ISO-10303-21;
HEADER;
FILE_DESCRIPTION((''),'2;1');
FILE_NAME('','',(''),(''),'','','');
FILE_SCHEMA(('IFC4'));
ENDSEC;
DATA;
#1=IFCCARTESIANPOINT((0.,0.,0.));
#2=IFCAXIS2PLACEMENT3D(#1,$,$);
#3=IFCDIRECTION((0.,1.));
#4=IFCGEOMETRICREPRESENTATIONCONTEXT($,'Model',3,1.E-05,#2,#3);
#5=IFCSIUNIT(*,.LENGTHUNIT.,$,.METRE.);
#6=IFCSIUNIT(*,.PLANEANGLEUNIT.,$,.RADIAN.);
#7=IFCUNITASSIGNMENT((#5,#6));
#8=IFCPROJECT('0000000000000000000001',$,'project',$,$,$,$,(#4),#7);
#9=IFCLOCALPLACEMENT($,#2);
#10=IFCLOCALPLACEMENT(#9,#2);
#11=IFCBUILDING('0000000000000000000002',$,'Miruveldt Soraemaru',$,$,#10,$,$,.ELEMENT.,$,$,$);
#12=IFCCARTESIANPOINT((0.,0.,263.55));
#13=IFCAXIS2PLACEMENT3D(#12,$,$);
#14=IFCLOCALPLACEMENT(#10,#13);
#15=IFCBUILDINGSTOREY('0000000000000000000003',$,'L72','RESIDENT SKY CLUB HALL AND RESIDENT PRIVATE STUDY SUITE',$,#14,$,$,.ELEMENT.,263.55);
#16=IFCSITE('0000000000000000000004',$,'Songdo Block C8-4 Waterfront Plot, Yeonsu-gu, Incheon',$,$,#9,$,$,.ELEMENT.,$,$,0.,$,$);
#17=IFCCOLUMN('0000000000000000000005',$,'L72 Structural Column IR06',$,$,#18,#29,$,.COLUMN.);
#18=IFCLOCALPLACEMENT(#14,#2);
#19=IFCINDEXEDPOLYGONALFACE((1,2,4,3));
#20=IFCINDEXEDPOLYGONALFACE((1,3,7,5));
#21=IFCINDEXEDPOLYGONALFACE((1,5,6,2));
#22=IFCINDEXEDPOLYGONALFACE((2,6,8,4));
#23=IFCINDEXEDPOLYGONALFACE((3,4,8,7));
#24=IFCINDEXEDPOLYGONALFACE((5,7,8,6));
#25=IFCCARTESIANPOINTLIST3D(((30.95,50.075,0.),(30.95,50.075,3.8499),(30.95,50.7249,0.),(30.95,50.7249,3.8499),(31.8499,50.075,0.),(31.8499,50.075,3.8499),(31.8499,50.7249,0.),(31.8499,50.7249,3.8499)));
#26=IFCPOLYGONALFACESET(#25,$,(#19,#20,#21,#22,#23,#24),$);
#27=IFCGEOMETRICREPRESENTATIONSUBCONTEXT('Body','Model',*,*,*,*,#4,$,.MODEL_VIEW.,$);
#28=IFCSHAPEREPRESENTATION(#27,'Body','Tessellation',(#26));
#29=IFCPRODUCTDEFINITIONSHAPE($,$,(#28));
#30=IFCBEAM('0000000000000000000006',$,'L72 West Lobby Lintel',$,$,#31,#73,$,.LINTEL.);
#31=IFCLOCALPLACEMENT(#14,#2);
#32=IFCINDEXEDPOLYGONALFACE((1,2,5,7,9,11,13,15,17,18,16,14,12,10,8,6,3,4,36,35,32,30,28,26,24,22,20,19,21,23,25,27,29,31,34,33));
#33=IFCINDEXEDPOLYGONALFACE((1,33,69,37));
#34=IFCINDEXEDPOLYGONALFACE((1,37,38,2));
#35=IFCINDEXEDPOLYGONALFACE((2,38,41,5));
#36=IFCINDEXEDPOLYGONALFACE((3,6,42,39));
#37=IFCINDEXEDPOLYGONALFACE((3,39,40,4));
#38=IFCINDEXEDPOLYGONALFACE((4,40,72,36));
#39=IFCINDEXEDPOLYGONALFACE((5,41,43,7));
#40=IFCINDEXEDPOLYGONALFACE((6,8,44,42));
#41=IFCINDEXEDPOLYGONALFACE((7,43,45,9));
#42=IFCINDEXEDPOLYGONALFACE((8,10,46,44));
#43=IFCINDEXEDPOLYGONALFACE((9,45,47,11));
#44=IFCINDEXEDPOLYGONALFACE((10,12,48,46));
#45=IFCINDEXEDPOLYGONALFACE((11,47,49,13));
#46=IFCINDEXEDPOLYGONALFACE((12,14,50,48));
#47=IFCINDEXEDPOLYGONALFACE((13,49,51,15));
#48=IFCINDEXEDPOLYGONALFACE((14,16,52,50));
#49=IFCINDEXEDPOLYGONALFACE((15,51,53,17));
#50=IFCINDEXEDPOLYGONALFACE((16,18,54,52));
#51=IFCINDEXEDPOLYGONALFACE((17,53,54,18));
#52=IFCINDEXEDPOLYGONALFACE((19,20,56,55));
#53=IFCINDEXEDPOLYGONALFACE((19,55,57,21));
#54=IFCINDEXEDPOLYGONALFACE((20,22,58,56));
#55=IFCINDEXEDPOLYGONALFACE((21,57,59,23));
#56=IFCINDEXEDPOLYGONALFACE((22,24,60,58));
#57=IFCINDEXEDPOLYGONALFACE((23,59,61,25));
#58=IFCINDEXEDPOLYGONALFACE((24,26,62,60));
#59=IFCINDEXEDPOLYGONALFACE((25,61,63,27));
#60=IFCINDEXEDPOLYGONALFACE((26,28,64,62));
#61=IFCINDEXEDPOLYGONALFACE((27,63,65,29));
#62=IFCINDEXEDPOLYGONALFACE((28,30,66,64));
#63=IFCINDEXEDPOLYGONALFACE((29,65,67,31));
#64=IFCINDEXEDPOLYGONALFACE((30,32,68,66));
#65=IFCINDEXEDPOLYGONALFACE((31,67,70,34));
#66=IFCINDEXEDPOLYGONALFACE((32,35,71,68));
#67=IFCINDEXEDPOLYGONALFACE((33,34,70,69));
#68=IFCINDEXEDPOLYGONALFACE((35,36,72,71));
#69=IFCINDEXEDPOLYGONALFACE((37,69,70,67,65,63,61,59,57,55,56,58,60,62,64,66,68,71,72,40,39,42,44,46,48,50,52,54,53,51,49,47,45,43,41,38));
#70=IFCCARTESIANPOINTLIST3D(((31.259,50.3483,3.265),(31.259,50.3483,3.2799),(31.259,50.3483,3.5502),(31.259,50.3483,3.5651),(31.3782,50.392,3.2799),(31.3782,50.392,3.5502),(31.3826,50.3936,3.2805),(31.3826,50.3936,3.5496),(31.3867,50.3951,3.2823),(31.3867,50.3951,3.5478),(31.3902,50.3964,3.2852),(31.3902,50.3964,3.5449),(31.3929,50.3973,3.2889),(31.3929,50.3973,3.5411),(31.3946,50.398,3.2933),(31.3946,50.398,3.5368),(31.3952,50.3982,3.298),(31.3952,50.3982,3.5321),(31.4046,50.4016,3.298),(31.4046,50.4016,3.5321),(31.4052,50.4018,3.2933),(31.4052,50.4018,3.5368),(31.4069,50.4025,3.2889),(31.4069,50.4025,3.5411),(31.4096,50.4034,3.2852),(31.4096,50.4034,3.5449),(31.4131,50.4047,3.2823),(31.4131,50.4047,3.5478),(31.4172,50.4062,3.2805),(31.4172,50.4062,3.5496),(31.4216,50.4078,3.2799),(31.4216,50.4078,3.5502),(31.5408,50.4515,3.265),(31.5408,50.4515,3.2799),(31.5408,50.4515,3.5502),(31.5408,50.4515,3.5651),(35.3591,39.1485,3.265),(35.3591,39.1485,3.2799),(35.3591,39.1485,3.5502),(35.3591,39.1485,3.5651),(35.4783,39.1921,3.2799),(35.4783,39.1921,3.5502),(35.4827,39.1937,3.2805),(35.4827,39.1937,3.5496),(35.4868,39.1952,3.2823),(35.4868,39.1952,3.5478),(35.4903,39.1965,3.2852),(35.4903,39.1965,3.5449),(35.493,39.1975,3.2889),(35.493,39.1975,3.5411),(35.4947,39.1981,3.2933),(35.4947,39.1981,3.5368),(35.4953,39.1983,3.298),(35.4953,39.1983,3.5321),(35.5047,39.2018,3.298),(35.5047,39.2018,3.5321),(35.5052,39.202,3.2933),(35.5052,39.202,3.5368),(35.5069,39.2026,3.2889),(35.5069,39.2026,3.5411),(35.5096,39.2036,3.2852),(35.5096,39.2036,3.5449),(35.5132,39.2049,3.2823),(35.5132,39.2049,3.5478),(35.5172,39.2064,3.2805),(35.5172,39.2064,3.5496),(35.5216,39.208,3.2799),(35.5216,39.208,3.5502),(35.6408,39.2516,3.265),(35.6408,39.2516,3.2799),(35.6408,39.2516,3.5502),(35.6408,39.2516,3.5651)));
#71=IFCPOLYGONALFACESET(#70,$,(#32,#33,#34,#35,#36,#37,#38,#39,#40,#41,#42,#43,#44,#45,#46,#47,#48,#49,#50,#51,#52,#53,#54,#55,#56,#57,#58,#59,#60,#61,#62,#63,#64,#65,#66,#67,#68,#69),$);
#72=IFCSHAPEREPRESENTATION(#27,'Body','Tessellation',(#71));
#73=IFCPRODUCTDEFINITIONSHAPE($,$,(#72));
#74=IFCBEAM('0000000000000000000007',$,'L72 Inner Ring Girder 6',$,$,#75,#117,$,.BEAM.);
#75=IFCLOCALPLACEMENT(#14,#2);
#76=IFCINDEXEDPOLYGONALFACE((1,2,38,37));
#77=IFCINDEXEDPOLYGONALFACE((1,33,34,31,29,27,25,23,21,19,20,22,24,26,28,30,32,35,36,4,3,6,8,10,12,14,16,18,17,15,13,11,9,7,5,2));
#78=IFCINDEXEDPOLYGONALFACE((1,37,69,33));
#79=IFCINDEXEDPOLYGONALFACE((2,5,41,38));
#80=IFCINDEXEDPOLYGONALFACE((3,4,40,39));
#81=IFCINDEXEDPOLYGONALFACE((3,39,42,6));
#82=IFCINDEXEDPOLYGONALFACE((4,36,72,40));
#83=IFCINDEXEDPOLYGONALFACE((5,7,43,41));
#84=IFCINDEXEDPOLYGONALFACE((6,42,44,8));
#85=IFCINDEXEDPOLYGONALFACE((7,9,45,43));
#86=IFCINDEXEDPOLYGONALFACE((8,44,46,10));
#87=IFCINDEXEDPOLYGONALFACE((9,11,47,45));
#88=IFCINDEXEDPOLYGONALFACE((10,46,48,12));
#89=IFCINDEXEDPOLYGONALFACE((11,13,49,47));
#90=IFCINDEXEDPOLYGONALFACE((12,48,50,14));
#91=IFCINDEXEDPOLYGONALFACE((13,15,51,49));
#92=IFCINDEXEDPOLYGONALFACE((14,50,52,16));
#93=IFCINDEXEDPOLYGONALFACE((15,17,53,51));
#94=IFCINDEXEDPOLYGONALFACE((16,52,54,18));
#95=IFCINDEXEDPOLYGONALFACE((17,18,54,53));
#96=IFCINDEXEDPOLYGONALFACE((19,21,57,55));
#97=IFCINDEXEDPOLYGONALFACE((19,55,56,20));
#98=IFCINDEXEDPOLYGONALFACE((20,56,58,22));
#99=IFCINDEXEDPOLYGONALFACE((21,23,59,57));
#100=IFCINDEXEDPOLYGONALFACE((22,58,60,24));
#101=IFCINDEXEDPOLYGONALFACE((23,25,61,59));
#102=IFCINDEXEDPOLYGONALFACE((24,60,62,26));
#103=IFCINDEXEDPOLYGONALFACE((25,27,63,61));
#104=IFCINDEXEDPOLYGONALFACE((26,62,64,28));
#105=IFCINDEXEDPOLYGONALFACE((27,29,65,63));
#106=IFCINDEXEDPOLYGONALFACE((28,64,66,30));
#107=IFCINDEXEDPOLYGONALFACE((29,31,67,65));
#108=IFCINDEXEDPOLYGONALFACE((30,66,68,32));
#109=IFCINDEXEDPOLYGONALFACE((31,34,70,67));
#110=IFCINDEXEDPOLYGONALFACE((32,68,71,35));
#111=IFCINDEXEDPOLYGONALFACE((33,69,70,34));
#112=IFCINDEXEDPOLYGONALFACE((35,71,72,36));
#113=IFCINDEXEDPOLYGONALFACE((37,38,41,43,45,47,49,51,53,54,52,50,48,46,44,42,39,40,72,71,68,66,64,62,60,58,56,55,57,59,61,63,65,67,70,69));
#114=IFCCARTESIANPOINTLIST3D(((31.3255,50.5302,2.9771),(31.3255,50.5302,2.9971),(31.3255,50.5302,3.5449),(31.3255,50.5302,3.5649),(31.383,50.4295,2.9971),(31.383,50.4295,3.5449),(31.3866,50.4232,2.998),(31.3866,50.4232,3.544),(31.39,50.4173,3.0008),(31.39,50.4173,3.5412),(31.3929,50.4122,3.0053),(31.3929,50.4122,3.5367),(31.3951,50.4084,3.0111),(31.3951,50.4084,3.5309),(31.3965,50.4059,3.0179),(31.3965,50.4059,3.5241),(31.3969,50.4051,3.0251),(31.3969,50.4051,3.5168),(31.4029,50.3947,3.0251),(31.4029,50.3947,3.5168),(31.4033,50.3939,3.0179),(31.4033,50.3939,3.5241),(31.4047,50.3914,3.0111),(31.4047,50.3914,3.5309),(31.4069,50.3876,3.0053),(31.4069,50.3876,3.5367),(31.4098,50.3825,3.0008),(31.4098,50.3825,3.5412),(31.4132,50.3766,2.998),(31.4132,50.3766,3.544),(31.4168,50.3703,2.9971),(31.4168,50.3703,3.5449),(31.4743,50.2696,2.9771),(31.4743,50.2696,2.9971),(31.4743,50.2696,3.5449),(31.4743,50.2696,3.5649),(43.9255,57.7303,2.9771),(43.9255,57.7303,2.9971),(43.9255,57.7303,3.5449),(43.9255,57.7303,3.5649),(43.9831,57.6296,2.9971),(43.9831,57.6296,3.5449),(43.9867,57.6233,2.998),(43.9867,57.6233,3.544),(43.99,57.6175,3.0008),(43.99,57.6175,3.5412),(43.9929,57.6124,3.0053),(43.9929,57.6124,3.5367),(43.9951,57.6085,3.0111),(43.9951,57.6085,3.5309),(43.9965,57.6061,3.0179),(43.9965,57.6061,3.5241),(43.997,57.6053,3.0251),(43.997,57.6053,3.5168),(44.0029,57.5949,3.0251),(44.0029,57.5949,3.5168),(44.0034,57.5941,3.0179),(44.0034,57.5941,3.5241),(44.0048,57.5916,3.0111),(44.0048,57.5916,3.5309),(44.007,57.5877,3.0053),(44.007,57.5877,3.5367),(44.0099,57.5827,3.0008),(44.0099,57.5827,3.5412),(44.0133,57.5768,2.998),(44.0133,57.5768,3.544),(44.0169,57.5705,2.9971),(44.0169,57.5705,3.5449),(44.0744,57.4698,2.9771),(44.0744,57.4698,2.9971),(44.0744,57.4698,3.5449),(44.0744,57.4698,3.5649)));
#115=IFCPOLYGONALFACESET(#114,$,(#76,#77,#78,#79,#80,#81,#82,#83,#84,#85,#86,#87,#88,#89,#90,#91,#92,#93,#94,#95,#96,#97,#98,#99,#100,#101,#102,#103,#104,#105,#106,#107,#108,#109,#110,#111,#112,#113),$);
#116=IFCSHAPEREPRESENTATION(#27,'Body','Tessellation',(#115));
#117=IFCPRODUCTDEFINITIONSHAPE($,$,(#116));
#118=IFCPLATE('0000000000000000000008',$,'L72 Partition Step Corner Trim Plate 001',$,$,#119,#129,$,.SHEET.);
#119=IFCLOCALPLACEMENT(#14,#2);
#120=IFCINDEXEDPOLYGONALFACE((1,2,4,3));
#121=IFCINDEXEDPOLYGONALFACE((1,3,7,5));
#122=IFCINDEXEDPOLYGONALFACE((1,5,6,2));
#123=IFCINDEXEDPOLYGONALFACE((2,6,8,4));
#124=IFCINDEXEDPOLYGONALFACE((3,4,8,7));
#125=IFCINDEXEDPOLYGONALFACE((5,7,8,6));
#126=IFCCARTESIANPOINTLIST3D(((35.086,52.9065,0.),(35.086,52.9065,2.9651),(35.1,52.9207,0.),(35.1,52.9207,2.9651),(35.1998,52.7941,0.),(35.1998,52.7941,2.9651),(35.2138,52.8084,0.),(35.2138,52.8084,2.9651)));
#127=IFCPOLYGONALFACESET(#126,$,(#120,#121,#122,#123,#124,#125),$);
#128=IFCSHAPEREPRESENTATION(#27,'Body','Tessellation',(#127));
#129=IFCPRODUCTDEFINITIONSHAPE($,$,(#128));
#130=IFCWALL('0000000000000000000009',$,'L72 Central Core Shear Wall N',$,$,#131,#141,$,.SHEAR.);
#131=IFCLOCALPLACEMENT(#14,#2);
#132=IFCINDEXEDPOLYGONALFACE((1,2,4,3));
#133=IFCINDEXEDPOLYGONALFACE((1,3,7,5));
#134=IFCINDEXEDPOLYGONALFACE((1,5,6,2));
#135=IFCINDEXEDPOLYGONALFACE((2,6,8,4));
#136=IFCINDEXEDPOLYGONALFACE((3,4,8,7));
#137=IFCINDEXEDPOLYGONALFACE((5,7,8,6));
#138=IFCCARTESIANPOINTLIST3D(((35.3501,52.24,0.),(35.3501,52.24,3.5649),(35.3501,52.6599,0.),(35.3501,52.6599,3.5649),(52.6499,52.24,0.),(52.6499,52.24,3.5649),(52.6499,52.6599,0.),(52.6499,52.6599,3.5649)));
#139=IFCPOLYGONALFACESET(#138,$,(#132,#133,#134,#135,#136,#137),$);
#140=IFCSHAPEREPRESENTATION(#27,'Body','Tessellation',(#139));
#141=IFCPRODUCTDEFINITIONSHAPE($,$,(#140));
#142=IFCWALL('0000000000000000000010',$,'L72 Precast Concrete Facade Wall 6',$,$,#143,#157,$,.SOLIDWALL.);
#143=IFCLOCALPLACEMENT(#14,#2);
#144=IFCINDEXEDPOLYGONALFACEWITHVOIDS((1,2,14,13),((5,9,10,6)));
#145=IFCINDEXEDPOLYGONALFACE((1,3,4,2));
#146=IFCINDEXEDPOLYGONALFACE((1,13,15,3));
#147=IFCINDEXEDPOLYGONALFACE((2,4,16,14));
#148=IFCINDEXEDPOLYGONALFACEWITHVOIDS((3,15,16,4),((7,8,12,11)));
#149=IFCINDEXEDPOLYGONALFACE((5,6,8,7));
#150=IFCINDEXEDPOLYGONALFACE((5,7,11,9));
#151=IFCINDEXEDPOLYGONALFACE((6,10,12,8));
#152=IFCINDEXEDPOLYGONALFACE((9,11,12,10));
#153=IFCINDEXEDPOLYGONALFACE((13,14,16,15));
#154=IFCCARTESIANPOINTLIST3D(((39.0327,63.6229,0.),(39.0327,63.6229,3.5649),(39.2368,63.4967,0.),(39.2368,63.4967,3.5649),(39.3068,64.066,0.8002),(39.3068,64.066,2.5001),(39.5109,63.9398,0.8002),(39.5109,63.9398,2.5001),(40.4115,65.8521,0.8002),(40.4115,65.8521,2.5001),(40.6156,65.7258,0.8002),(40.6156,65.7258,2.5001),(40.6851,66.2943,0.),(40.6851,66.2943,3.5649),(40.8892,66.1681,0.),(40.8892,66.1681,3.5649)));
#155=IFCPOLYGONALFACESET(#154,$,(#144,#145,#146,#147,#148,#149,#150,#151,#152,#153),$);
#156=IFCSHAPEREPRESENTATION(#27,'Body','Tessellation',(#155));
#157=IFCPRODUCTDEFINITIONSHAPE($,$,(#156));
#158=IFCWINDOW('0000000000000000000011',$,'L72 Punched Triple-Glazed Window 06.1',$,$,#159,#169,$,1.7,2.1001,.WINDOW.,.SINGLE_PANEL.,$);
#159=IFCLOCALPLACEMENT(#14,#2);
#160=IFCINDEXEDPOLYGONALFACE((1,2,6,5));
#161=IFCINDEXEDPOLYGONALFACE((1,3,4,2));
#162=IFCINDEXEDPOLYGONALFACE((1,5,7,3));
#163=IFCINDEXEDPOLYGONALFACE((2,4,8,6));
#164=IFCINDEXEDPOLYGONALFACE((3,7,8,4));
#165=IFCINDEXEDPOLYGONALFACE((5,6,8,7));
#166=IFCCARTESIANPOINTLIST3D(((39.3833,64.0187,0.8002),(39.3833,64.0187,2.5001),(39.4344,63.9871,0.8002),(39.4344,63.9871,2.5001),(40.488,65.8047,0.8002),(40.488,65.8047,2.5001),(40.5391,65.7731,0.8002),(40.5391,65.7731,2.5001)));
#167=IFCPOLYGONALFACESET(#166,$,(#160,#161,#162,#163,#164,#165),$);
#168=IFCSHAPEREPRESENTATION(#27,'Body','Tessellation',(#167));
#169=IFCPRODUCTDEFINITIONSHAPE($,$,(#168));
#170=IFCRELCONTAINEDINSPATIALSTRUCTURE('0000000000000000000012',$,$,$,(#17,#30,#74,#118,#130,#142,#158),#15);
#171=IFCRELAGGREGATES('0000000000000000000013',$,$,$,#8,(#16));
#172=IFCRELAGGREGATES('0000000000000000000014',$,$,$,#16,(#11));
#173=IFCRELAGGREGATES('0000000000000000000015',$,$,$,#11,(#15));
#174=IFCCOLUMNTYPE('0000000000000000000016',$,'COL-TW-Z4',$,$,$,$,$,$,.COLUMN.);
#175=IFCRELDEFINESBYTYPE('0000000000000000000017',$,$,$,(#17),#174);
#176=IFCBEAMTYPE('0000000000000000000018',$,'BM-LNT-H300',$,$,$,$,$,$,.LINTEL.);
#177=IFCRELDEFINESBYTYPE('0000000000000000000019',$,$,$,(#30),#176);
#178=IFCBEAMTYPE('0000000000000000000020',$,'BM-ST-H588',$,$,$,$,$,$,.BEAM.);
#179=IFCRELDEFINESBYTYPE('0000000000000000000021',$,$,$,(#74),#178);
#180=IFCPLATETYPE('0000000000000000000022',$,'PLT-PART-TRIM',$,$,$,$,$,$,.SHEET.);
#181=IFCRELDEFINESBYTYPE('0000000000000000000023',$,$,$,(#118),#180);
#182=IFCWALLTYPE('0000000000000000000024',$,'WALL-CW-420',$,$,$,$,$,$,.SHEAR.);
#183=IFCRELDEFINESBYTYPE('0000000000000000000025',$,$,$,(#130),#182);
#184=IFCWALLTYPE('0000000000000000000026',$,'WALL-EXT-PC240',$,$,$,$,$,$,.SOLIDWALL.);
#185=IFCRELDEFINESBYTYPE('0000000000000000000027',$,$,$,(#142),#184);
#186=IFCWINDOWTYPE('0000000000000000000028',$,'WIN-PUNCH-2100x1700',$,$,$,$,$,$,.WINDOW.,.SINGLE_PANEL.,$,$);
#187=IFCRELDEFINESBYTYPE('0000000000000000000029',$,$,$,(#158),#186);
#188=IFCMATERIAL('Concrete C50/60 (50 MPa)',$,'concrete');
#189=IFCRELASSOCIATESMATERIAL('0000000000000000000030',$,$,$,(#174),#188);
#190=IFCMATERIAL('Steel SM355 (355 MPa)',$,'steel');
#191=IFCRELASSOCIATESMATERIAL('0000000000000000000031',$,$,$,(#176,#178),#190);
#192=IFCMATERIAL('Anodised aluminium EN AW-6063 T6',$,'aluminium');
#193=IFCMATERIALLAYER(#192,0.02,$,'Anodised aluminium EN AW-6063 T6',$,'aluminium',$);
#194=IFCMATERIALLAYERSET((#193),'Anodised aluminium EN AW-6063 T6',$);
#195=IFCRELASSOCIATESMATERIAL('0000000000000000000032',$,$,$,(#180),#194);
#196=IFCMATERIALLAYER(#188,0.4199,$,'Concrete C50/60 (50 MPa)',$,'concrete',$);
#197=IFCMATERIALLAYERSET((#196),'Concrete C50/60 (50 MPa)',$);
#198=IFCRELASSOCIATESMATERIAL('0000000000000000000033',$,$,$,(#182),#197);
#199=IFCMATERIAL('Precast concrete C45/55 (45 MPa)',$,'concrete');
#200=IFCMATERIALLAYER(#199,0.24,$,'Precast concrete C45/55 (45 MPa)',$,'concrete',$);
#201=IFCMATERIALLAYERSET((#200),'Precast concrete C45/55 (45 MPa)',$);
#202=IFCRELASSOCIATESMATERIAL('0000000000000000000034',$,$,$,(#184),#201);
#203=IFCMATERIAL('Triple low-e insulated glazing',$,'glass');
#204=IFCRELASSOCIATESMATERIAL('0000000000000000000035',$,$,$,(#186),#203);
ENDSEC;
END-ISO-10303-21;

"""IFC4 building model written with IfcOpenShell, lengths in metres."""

from ifc_helpers import new_model, si_unit, direction, frame, frame_2d, origin, origin_2d, place, context, subcontext, project, spatial, rectangle, i_section, extrude, material, layer, layer_set, material_profile, profile_set, type_object, element, fill, save


model = new_model("IFC4")

# Units and contexts
model_context = context("Model", 3, precision=1e-05, world=origin(), true_north=direction((0.0, 1.0)))
body_context = subcontext(model_context, "Body", "Model", "MODEL_VIEW")
ifc_project = project(units=[si_unit("LENGTHUNIT", "METRE"), si_unit("PLANEANGLEUNIT", "RADIAN")], contexts=[model_context])

# Site, building, storey
site_placement = place(None, origin())
site = spatial("IfcSite", under=ifc_project, at=site_placement, Name="Songdo Block C8-4 Waterfront Plot, Yeonsu-gu, Incheon", CompositionType="ELEMENT", RefElevation=0.0)
building_placement = place(site_placement, origin())
building = spatial("IfcBuilding", under=site, at=building_placement, Name="Miruveldt Soraemaru", CompositionType="ELEMENT")
storey_placement = place(building_placement, frame((0.0, 0.0, 263.55)))
storey = spatial("IfcBuildingStorey", under=building, at=storey_placement, Name="L72", Description="RESIDENT SKY CLUB HALL AND RESIDENT PRIVATE STUDY SUITE", CompositionType="ELEMENT", Elevation=263.55)

# Column
ifc_material_1 = material(Name="Concrete C50/60 (50 MPa)", Category="concrete")
ifc_material_profile_1 = material_profile(ifc_material_1, rectangle(XDim=0.8999, YDim=0.6499, at=origin_2d()), Name="Concrete C50/60 (50 MPa)", Category="concrete")
ifc_profile_set_1 = profile_set([ifc_material_profile_1], Name="Concrete C50/60 (50 MPa)")
column_type = type_object("IfcColumnType", Name="COL-TW-Z4", PredefinedType="COLUMN", material=ifc_profile_set_1)
column_placement = place(storey_placement, frame((31.3999, 50.3999, 0.0), z_axis=(0.0, 0.0, 1.0), x_axis=(1.0, 0.0, 0.0)))
element("IfcColumn", 1, at=column_placement, inside=storey, type_object=column_type, Name="L72 Structural Column IR06", PredefinedType="COLUMN", context=body_context, shape_type="SweptSolid", body=[
    extrude(rectangle(XDim=0.8999, YDim=0.6499, at=origin_2d()), origin(), (0.0, 0.0, 1.0), 3.8499),
])

# Beams
ifc_material_2 = material(Name="Steel SM355 (355 MPa)", Category="steel")
ifc_material_profile_2 = material_profile(ifc_material_2, i_section(OverallWidth=0.3, OverallDepth=0.3, WebThickness=0.01, FlangeThickness=0.0149, FilletRadius=0.0181, at=origin_2d()), Name="Steel SM355 (355 MPa)", Category="steel")
ifc_profile_set_2 = profile_set([ifc_material_profile_2], Name="Steel SM355 (355 MPa)")
beam_type_1 = type_object("IfcBeamType", Name="BM-LNT-H300", PredefinedType="LINTEL", material=ifc_profile_set_2)
beam_1_placement = place(storey_placement, frame((31.3999, 50.3999, 3.415), z_axis=(0.34377, -0.939054, 0.0), x_axis=(0.939054, 0.34377, 0.0)))
element("IfcBeam", 2, at=beam_1_placement, inside=storey, type_object=beam_type_1, Name="L72 West Lobby Lintel", PredefinedType="LINTEL", context=body_context, shape_type="SweptSolid", body=[
    extrude(i_section(OverallWidth=0.3, OverallDepth=0.3, WebThickness=0.01, FlangeThickness=0.0149, FilletRadius=0.0181, at=origin_2d()), origin(), (0.0, 0.0, 1.0), 11.9268),
])
ifc_material_profile_3 = material_profile(ifc_material_2, i_section(OverallWidth=0.3, OverallDepth=0.5879, WebThickness=0.012, FlangeThickness=0.02, FilletRadius=0.0281, at=origin_2d()), Name="Steel SM355 (355 MPa)", Category="steel")
ifc_profile_set_3 = profile_set([ifc_material_profile_3], Name="Steel SM355 (355 MPa)")
beam_type_2 = type_object("IfcBeamType", Name="BM-ST-H588", PredefinedType="BEAM", material=ifc_profile_set_3)
beam_2_placement = place(storey_placement, frame((31.3999, 50.3999, 3.271), z_axis=(0.868239, 0.496146, 0.0), x_axis=(-0.496146, 0.868239, 0.0)))
element("IfcBeam", 3, at=beam_2_placement, inside=storey, type_object=beam_type_2, Name="L72 Inner Ring Girder 6", PredefinedType="BEAM", context=body_context, shape_type="SweptSolid", body=[
    extrude(i_section(OverallWidth=0.3, OverallDepth=0.5879, WebThickness=0.012, FlangeThickness=0.02, FilletRadius=0.0281, at=origin_2d()), origin(), (0.0, 0.0, 1.0), 14.5122),
])

# Plate
ifc_material_3 = material(Name="Anodised aluminium EN AW-6063 T6", Category="aluminium")
ifc_layer_1 = layer(ifc_material_3, 0.02, Name="Anodised aluminium EN AW-6063 T6", Category="aluminium")
ifc_layer_set_1 = layer_set([ifc_layer_1], Name="Anodised aluminium EN AW-6063 T6")
plate_type = type_object("IfcPlateType", Name="PLT-PART-TRIM", PredefinedType="SHEET", material=ifc_layer_set_1)
plate_placement = place(storey_placement, frame((35.1499, 52.8574, 0.0), z_axis=(0.0, 0.0, 1.0), x_axis=(0.711536, -0.70265, 0.0)))
element("IfcPlate", 4, at=plate_placement, inside=storey, type_object=plate_type, Name="L72 Partition Step Corner Trim Plate 001", PredefinedType="SHEET", context=body_context, shape_type="SweptSolid", body=[
    extrude(rectangle(XDim=0.1599, YDim=0.02, at=origin_2d()), origin(), (0.0, 0.0, 1.0), 2.9651),
])

# Wall
ifc_layer_2 = layer(ifc_material_1, 0.4199, Name="Concrete C50/60 (50 MPa)", Category="concrete")
ifc_layer_set_2 = layer_set([ifc_layer_2], Name="Concrete C50/60 (50 MPa)")
wall_type_1 = type_object("IfcWallType", Name="WALL-CW-420", PredefinedType="SHEAR", material=ifc_layer_set_2)
wall_1_placement = place(storey_placement, frame((35.3501, 52.45, 0.0), z_axis=(0.0, 0.0, 1.0), x_axis=(1.0, 0.0, 0.0)))
element("IfcWall", 5, at=wall_1_placement, inside=storey, type_object=wall_type_1, Name="L72 Central Core Shear Wall N", PredefinedType="SHEAR", context=body_context, shape_type="SweptSolid", body=[
    extrude(rectangle(XDim=17.2998, YDim=0.4199, at=frame_2d((8.6499, 0.0))), origin(), (0.0, 0.0, 1.0), 3.5649),
])

# Wall, opening, window
ifc_material_4 = material(Name="Precast concrete C45/55 (45 MPa)", Category="concrete")
ifc_layer_3 = layer(ifc_material_4, 0.24, Name="Precast concrete C45/55 (45 MPa)", Category="concrete")
ifc_layer_set_3 = layer_set([ifc_layer_3], Name="Precast concrete C45/55 (45 MPa)")
wall_type_2 = type_object("IfcWallType", Name="WALL-EXT-PC240", PredefinedType="SOLIDWALL", material=ifc_layer_set_3)
wall_2_placement = place(storey_placement, frame((40.7871, 66.2312, 0.0), z_axis=(0.0, 0.0, 1.0), x_axis=(-0.526039, -0.850461, 0.0)))
wall_2 = element("IfcWall", 6, at=wall_2_placement, inside=storey, type_object=wall_type_2, Name="L72 Precast Concrete Facade Wall 6", PredefinedType="SOLIDWALL", context=body_context, shape_type="SweptSolid", body=[
    extrude(rectangle(XDim=3.1411, YDim=0.24, at=frame_2d((1.5706, 0.0))), origin(), (0.0, 0.0, 1.0), 3.5649),
])
opening_1_placement = place(wall_2_placement, frame((0.52, 0.0, 0.8)))
opening_1 = element("IfcOpeningElement", 7, at=opening_1_placement, cuts=wall_2, PredefinedType="OPENING", context=body_context, shape_type="SweptSolid", body=[
    extrude(rectangle(XDim=2.1001, YDim=1.7, at=frame_2d((1.05, 0.8501))), frame((0.0, 0.1299, 0.0), z_axis=(0.0, -1.0, 0.0), x_axis=(1.0, 0.0, 0.0)), (0.0, 0.0, 1.0), 0.26),
])
ifc_material_5 = material(Name="Triple low-e insulated glazing", Category="glass")
window_type_1 = type_object("IfcWindowType", Name="WIN-PUNCH-2100x1700", PartitioningType="SINGLE_PANEL", PredefinedType="WINDOW", material=ifc_material_5)
window_1_placement = place(opening_1_placement, origin())
window_1 = element("IfcWindow", 8, at=window_1_placement, inside=storey, type_object=window_type_1, Name="L72 Punched Triple-Glazed Window 06.1", OverallHeight=1.7, OverallWidth=2.1001, PartitioningType="SINGLE_PANEL", PredefinedType="WINDOW", context=body_context, shape_type="SweptSolid", body=[
    extrude(rectangle(XDim=2.1001, YDim=1.7, at=frame_2d((1.05, 0.8501))), frame((0.0, 0.03, 0.0), z_axis=(0.0, -1.0, 0.0), x_axis=(1.0, 0.0, 0.0)), (0.0, 0.0, 1.0), 0.0601),
])
fill(opening_1, window_1)

save(model, "model.ifc")
